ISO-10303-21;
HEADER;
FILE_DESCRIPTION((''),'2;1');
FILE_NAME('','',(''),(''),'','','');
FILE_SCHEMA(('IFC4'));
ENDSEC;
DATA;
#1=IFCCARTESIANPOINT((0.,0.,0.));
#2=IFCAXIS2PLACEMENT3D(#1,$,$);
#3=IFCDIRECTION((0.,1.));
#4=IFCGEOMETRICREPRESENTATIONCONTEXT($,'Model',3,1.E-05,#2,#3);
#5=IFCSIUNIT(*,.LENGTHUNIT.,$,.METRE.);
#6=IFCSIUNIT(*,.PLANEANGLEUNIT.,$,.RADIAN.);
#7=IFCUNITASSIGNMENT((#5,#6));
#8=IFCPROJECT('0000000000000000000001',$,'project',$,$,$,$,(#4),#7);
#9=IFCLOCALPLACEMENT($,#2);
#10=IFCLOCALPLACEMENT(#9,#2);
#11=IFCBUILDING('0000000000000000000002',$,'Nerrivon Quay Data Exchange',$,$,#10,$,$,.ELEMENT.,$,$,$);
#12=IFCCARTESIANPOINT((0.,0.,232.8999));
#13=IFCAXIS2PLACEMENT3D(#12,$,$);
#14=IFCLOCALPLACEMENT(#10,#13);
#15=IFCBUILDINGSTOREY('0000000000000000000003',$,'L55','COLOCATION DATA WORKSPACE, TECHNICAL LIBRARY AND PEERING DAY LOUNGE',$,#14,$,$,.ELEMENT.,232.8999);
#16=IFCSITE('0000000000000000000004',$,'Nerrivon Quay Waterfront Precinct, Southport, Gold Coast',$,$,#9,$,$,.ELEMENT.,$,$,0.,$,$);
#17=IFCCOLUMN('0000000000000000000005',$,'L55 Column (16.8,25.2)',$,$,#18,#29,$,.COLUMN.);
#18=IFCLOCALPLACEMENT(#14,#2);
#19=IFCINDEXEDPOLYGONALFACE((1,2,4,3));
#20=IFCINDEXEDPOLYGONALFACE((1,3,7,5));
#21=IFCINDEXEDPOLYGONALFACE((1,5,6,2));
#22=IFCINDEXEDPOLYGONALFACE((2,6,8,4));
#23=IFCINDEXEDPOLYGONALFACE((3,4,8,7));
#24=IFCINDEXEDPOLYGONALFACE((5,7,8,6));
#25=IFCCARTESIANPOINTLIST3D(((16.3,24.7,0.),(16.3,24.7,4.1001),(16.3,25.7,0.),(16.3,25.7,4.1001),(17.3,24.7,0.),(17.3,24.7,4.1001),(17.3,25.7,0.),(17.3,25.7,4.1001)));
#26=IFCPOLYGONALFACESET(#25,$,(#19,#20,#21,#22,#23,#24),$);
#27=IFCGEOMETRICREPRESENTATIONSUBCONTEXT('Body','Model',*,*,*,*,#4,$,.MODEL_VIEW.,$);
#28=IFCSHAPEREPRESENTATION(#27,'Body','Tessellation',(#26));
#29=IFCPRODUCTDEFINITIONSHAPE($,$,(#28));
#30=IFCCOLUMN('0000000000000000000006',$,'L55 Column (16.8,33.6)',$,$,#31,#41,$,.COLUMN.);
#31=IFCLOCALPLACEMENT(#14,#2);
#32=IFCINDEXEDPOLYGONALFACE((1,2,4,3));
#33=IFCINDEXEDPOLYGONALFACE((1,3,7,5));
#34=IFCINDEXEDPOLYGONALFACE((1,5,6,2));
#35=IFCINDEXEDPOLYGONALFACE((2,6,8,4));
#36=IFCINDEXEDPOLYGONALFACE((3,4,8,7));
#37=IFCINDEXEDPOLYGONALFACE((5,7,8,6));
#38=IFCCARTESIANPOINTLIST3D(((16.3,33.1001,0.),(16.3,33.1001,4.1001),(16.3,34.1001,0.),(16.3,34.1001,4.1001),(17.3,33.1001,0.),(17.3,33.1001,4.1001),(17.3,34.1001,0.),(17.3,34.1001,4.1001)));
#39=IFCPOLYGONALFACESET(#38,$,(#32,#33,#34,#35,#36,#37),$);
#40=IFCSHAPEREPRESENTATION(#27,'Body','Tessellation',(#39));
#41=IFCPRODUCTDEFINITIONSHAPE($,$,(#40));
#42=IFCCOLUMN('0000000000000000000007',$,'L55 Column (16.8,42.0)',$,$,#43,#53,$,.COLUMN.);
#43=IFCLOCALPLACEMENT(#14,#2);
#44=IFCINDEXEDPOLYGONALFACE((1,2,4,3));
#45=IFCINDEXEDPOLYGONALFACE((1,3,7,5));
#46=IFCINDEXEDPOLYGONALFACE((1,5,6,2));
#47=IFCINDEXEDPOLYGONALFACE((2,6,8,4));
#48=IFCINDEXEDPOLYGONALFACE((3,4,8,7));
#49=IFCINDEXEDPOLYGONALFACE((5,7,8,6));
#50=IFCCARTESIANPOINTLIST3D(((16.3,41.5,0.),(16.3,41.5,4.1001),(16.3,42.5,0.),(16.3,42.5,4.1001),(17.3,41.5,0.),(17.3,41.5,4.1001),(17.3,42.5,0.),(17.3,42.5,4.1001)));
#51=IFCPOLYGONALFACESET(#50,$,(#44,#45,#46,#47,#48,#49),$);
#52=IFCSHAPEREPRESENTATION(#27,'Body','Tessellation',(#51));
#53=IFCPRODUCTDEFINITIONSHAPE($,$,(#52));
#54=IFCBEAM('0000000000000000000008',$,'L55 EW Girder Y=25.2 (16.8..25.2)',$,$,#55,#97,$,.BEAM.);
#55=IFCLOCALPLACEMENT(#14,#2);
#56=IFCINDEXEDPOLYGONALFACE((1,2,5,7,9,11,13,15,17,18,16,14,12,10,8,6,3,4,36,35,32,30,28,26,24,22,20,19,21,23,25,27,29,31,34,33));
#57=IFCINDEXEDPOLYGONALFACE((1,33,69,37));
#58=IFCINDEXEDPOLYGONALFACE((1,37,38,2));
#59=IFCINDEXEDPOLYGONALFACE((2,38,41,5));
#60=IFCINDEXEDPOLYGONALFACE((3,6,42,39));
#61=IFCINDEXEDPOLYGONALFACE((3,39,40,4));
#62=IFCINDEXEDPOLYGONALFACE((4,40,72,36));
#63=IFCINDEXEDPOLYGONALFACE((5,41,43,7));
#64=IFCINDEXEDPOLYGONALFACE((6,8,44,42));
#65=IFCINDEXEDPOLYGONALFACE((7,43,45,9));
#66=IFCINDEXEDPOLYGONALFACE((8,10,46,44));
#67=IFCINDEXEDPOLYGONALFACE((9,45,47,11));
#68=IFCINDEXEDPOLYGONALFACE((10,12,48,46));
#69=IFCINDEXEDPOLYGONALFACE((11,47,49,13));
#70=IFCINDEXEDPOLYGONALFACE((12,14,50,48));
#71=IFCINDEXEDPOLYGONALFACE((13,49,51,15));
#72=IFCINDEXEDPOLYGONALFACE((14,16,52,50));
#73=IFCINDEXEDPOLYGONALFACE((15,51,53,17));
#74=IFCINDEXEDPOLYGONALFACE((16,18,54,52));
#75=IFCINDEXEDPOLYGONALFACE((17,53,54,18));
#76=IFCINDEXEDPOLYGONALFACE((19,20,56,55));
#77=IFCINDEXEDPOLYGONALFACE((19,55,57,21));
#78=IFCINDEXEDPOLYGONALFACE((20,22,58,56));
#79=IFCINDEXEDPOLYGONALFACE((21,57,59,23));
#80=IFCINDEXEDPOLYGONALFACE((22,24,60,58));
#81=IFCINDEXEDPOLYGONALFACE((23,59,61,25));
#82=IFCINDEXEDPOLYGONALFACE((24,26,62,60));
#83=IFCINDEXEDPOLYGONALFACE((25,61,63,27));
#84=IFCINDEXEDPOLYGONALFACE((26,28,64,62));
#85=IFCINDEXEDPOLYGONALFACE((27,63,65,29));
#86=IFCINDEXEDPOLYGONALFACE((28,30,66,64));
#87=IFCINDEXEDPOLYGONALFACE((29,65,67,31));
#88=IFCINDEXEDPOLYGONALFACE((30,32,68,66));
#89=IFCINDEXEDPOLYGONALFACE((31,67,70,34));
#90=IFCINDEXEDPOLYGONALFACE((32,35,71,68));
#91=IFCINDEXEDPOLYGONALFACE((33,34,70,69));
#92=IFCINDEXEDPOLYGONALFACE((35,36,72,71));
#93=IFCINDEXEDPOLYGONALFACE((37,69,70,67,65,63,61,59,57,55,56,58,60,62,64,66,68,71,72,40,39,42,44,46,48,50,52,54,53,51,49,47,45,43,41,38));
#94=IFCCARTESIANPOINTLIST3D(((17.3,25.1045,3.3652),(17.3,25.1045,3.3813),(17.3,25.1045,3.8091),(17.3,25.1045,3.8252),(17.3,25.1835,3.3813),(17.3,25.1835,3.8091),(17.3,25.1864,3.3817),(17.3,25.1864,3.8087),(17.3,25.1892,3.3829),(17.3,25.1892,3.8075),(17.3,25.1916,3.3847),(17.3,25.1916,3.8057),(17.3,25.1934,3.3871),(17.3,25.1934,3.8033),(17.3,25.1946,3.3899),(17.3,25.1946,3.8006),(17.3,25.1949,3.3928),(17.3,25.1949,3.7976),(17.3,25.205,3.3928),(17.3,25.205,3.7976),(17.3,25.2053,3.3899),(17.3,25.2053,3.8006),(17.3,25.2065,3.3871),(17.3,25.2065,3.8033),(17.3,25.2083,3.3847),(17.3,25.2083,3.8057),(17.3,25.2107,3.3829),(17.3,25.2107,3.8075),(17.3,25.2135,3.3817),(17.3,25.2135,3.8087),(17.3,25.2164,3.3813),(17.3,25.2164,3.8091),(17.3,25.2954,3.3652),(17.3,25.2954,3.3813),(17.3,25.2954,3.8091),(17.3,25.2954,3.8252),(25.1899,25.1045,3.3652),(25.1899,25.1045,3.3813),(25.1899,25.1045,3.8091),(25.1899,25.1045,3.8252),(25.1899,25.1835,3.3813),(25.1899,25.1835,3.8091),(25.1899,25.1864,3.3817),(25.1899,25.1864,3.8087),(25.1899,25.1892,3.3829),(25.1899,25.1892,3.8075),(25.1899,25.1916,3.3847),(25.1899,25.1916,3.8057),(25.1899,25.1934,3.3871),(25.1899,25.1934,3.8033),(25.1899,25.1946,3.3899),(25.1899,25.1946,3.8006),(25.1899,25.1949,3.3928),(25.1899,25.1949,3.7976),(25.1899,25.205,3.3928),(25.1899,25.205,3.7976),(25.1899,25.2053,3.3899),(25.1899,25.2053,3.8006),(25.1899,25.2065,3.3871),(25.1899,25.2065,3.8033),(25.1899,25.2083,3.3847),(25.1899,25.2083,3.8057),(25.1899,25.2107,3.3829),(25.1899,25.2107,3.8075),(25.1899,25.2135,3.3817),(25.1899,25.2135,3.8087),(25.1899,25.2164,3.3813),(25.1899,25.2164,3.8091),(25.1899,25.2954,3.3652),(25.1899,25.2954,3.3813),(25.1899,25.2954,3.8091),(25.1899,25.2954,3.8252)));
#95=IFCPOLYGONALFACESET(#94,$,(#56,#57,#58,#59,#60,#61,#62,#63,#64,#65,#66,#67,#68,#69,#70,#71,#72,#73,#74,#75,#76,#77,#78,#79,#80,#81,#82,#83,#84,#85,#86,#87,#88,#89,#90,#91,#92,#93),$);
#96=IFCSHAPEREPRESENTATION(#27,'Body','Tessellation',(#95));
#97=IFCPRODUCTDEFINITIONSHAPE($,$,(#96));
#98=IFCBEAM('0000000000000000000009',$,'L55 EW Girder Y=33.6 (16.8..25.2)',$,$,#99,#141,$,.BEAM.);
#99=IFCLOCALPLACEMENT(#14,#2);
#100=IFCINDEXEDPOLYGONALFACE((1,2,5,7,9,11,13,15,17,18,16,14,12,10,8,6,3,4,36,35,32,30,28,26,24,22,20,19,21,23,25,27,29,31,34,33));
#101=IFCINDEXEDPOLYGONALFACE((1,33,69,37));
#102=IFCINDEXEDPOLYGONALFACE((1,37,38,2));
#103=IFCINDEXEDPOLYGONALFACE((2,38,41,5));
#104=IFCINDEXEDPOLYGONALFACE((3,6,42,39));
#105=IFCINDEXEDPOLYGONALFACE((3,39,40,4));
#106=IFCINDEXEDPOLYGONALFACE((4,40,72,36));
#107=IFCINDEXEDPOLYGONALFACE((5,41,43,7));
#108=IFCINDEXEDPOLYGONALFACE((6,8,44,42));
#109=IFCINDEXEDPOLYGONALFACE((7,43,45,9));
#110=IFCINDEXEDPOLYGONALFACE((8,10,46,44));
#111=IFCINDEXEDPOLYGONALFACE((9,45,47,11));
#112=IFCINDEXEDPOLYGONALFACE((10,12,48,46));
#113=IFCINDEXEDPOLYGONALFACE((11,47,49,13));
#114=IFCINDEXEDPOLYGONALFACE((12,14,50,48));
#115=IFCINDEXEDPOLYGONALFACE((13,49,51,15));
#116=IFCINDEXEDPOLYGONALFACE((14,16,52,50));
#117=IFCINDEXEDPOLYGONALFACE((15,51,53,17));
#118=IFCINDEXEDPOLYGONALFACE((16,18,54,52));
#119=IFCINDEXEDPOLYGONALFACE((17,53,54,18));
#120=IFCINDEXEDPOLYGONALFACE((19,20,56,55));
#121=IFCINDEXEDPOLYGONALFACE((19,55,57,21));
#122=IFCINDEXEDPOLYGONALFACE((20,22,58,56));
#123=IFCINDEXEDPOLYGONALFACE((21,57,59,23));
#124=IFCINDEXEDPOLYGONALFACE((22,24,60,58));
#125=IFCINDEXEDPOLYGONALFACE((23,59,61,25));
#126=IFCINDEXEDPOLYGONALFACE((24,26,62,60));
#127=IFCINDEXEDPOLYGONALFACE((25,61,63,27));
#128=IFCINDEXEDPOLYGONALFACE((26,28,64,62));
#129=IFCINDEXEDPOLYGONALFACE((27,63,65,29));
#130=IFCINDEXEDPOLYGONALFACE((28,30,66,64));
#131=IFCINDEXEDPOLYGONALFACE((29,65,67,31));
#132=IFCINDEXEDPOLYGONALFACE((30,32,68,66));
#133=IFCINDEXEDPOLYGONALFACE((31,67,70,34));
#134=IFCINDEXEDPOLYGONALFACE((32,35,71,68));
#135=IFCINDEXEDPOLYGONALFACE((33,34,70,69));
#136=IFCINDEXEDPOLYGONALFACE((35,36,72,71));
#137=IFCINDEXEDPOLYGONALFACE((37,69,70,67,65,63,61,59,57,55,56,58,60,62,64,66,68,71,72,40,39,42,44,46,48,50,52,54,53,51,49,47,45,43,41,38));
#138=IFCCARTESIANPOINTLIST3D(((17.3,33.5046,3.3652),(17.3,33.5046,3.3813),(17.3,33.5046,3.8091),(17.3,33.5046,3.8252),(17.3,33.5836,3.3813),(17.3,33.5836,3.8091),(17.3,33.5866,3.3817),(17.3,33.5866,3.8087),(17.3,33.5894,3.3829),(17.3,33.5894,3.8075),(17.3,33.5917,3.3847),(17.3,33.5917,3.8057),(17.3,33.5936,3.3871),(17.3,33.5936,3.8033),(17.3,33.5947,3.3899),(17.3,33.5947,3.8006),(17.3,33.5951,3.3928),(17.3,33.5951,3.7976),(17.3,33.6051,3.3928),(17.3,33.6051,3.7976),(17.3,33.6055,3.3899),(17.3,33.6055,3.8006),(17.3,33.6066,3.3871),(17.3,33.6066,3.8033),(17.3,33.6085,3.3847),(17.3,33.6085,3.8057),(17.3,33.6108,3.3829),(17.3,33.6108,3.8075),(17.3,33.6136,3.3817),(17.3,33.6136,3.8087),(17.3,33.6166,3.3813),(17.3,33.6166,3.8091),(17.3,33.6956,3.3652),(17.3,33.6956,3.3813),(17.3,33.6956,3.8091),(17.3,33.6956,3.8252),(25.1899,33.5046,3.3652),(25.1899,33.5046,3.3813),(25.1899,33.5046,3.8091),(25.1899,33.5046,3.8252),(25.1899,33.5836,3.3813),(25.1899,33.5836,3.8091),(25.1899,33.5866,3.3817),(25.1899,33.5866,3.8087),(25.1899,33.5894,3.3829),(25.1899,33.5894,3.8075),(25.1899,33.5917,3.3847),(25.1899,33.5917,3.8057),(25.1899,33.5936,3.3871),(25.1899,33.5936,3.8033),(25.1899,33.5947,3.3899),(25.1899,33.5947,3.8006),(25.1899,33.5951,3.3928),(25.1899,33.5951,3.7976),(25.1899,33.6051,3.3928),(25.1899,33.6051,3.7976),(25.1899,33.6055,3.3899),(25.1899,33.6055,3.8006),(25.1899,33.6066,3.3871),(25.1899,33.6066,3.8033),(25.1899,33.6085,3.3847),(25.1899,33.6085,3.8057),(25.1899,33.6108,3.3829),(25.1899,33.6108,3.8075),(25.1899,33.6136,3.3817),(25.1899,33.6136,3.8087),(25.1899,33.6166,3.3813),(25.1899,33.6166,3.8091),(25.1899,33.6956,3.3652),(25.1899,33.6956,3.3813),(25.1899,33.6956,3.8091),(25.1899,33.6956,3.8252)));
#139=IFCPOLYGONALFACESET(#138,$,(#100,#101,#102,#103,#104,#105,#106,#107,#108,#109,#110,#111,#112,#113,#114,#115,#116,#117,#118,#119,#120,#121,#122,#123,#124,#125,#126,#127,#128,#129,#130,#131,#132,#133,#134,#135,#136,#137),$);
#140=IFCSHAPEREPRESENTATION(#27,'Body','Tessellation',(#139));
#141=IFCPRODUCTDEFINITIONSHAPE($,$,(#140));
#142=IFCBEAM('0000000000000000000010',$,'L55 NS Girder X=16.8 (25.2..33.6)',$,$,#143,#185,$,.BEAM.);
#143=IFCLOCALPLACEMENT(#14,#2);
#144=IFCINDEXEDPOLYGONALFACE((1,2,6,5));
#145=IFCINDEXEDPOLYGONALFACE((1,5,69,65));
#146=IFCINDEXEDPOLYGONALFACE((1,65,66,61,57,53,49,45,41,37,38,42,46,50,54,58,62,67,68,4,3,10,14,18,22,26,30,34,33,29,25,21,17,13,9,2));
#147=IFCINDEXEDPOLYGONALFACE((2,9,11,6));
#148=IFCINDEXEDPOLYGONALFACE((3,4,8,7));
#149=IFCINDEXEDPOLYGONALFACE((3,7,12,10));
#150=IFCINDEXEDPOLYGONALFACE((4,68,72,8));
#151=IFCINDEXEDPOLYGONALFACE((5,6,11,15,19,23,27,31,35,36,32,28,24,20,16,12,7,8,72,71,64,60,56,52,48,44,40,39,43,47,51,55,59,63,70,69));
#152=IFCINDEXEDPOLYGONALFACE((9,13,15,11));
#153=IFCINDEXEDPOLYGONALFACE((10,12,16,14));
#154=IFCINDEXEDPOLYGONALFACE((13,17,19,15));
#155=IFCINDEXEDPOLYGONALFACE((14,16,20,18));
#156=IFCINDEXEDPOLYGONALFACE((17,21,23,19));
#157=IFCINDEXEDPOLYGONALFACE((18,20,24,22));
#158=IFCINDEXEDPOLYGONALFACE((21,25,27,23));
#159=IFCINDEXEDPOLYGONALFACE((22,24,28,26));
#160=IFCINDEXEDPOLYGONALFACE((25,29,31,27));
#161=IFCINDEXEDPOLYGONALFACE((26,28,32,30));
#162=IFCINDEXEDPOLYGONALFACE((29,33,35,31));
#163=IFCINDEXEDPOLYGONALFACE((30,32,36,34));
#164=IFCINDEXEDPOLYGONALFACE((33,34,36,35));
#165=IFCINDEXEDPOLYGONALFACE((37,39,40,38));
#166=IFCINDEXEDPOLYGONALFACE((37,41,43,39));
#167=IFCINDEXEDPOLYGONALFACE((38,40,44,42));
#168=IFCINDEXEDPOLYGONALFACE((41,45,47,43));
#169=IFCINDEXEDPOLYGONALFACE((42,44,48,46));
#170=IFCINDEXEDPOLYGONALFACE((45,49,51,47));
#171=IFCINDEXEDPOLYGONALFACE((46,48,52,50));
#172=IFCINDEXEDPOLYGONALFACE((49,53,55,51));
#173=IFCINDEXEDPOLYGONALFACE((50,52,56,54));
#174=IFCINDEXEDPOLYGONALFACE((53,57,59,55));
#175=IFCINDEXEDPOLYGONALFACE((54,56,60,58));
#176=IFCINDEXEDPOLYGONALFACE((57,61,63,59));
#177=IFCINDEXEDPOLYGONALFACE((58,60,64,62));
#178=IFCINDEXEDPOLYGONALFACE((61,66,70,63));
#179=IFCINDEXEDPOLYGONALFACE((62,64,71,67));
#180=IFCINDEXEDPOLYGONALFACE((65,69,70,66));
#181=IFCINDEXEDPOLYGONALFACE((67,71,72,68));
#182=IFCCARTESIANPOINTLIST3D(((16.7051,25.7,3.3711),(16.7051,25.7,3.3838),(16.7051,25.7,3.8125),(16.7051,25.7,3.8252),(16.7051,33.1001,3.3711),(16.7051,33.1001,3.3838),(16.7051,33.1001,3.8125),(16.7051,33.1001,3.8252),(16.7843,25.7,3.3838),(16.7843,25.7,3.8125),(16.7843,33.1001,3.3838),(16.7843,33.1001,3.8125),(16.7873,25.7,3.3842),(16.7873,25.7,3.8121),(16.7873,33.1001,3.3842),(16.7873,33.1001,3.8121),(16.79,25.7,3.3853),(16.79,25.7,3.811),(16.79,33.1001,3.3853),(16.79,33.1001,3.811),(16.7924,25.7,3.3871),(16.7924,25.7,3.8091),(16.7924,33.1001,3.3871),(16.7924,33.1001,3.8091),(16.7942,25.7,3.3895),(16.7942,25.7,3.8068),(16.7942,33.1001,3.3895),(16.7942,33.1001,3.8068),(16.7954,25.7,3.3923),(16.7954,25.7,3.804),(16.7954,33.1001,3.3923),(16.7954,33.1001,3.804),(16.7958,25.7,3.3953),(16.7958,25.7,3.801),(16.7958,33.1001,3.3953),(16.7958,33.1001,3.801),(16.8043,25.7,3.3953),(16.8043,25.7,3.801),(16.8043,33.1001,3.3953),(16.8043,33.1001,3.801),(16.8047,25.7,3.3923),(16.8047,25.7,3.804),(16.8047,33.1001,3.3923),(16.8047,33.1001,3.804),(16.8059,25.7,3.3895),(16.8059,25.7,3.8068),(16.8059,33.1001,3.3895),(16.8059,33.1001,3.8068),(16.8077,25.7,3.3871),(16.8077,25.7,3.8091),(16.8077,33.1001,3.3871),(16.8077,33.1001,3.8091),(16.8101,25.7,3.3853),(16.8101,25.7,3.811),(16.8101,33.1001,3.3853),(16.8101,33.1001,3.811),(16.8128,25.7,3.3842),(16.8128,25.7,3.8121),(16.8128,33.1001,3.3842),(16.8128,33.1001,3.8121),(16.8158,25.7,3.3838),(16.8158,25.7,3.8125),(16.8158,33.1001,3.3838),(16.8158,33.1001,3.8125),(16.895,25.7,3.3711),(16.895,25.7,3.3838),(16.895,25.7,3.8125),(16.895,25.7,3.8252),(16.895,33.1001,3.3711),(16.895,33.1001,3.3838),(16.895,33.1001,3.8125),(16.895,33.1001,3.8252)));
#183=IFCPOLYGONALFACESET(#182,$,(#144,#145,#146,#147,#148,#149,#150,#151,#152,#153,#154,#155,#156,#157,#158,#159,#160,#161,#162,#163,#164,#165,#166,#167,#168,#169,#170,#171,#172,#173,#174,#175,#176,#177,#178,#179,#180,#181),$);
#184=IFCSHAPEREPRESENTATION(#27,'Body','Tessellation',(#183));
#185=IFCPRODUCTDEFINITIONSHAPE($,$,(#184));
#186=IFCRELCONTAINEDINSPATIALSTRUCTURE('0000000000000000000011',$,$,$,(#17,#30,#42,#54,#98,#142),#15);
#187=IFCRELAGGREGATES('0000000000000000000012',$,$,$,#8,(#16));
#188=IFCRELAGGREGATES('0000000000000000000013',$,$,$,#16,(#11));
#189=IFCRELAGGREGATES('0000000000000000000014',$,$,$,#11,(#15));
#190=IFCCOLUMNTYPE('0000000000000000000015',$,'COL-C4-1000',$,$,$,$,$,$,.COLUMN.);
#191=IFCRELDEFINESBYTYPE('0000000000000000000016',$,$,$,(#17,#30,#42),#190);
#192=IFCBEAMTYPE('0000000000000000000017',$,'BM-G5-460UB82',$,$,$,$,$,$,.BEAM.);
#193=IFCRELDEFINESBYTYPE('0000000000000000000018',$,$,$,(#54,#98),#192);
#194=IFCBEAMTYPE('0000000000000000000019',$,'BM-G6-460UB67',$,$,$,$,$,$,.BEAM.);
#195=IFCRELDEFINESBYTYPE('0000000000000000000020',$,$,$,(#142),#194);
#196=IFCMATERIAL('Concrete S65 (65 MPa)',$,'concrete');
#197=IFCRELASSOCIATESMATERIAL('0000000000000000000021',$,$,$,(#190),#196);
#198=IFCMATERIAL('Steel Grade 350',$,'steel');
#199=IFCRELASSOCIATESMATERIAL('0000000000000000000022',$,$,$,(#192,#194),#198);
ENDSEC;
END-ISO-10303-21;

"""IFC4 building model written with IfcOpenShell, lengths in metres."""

from ifc_helpers import new_model, si_unit, direction, frame, origin, origin_2d, place, context, subcontext, project, spatial, rectangle, i_section, extrude, material, material_profile, profile_set, type_object, element, save


model = new_model("IFC4")

# Units and contexts
model_context = context("Model", 3, precision=1e-05, world=origin(), true_north=direction((0.0, 1.0)))
body_context = subcontext(model_context, "Body", "Model", "MODEL_VIEW")
ifc_project = project(units=[si_unit("LENGTHUNIT", "METRE"), si_unit("PLANEANGLEUNIT", "RADIAN")], contexts=[model_context])

# Site, building, storey
site_placement = place(None, origin())
site = spatial("IfcSite", under=ifc_project, at=site_placement, Name="Nerrivon Quay Waterfront Precinct, Southport, Gold Coast", CompositionType="ELEMENT", RefElevation=0.0)
building_placement = place(site_placement, origin())
building = spatial("IfcBuilding", under=site, at=building_placement, Name="Nerrivon Quay Data Exchange", CompositionType="ELEMENT")
storey_placement = place(building_placement, frame((0.0, 0.0, 232.8999)))
storey = spatial("IfcBuildingStorey", under=building, at=storey_placement, Name="L55", Description="COLOCATION DATA WORKSPACE, TECHNICAL LIBRARY AND PEERING DAY LOUNGE", CompositionType="ELEMENT", Elevation=232.8999)

# Columns
ifc_material_1 = material(Name="Concrete S65 (65 MPa)", Category="concrete")
ifc_material_profile_1 = material_profile(ifc_material_1, rectangle(XDim=1.0, YDim=1.0, at=origin_2d()), Name="RC-COL-1000x1000")
ifc_profile_set_1 = profile_set([ifc_material_profile_1], Name="Concrete S65 (65 MPa)")
column_type = type_object("IfcColumnType", Name="COL-C4-1000", PredefinedType="COLUMN", material=ifc_profile_set_1)
for number, where, z_axis, x_axis, name in (
    (1, (16.8, 25.2, 0.0), (0.0, 0.0, 1.0), (1.0, 0.0, 0.0), "L55 Column (16.8,25.2)"),
    (2, (16.8, 33.6001, 0.0), (0.0, 0.0, 1.0), (1.0, 0.0, 0.0), "L55 Column (16.8,33.6)"),
    (3, (16.8, 42.0, 0.0), (0.0, 0.0, 1.0), (1.0, 0.0, 0.0), "L55 Column (16.8,42.0)"),
):
    element("IfcColumn", number, at=place(storey_placement, frame(where, z_axis=z_axis, x_axis=x_axis)), inside=storey, type_object=column_type, Name=name, PredefinedType="COLUMN", context=body_context, shape_type="SweptSolid", body=[
        extrude(rectangle(XDim=1.0, YDim=1.0, at=origin_2d()), origin(), (0.0, 0.0, 1.0), 4.1001),
    ])

# Beams
ifc_material_2 = material(Name="Steel Grade 350", Category="steel")
ifc_material_profile_2 = material_profile(ifc_material_2, i_section(OverallWidth=0.1909, OverallDepth=0.46, WebThickness=0.01, FlangeThickness=0.0161, FilletRadius=0.0115, at=origin_2d()), Name="460UB82.1")
ifc_profile_set_2 = profile_set([ifc_material_profile_2], Name="Steel Grade 350")
beam_type_1 = type_object("IfcBeamType", Name="BM-G5-460UB82", PredefinedType="BEAM", material=ifc_profile_set_2)
for number, where, z_axis, x_axis, name in (
    (4, (17.3, 25.2, 3.5952), (1.0, 0.0, 0.0), (0.0, 1.0, 0.0), "L55 EW Girder Y=25.2 (16.8..25.2)"),
    (5, (17.3, 33.6001, 3.5952), (1.0, 0.0, 0.0), (0.0, 1.0, 0.0), "L55 EW Girder Y=33.6 (16.8..25.2)"),
):
    element("IfcBeam", number, at=place(storey_placement, frame(where, z_axis=z_axis, x_axis=x_axis)), inside=storey, type_object=beam_type_1, Name=name, PredefinedType="BEAM", context=body_context, shape_type="SweptSolid", body=[
        extrude(i_section(OverallWidth=0.1909, OverallDepth=0.46, WebThickness=0.01, FlangeThickness=0.0161, FilletRadius=0.0115, at=origin_2d()), origin(), (0.0, 0.0, 1.0), 7.8899),
    ])
ifc_material_profile_3 = material_profile(ifc_material_2, i_section(OverallWidth=0.1899, OverallDepth=0.4541, WebThickness=0.0085, FlangeThickness=0.0127, FilletRadius=0.0115, at=origin_2d()), Name="460UB67.1")
ifc_profile_set_3 = profile_set([ifc_material_profile_3], Name="Steel Grade 350")
beam_type_2 = type_object("IfcBeamType", Name="BM-G6-460UB67", PredefinedType="BEAM", material=ifc_profile_set_3)
beam_1_placement = place(storey_placement, frame((16.8, 25.7, 3.5981), z_axis=(0.0, 1.0, 0.0), x_axis=(-1.0, 0.0, 0.0)))
element("IfcBeam", 6, at=beam_1_placement, inside=storey, type_object=beam_type_2, Name="L55 NS Girder X=16.8 (25.2..33.6)", PredefinedType="BEAM", context=body_context, shape_type="SweptSolid", body=[
    extrude(i_section(OverallWidth=0.1899, OverallDepth=0.4541, WebThickness=0.0085, FlangeThickness=0.0127, FilletRadius=0.0115, at=origin_2d()), origin(), (0.0, 0.0, 1.0), 7.4001),
])

save(model, "model.ifc")
